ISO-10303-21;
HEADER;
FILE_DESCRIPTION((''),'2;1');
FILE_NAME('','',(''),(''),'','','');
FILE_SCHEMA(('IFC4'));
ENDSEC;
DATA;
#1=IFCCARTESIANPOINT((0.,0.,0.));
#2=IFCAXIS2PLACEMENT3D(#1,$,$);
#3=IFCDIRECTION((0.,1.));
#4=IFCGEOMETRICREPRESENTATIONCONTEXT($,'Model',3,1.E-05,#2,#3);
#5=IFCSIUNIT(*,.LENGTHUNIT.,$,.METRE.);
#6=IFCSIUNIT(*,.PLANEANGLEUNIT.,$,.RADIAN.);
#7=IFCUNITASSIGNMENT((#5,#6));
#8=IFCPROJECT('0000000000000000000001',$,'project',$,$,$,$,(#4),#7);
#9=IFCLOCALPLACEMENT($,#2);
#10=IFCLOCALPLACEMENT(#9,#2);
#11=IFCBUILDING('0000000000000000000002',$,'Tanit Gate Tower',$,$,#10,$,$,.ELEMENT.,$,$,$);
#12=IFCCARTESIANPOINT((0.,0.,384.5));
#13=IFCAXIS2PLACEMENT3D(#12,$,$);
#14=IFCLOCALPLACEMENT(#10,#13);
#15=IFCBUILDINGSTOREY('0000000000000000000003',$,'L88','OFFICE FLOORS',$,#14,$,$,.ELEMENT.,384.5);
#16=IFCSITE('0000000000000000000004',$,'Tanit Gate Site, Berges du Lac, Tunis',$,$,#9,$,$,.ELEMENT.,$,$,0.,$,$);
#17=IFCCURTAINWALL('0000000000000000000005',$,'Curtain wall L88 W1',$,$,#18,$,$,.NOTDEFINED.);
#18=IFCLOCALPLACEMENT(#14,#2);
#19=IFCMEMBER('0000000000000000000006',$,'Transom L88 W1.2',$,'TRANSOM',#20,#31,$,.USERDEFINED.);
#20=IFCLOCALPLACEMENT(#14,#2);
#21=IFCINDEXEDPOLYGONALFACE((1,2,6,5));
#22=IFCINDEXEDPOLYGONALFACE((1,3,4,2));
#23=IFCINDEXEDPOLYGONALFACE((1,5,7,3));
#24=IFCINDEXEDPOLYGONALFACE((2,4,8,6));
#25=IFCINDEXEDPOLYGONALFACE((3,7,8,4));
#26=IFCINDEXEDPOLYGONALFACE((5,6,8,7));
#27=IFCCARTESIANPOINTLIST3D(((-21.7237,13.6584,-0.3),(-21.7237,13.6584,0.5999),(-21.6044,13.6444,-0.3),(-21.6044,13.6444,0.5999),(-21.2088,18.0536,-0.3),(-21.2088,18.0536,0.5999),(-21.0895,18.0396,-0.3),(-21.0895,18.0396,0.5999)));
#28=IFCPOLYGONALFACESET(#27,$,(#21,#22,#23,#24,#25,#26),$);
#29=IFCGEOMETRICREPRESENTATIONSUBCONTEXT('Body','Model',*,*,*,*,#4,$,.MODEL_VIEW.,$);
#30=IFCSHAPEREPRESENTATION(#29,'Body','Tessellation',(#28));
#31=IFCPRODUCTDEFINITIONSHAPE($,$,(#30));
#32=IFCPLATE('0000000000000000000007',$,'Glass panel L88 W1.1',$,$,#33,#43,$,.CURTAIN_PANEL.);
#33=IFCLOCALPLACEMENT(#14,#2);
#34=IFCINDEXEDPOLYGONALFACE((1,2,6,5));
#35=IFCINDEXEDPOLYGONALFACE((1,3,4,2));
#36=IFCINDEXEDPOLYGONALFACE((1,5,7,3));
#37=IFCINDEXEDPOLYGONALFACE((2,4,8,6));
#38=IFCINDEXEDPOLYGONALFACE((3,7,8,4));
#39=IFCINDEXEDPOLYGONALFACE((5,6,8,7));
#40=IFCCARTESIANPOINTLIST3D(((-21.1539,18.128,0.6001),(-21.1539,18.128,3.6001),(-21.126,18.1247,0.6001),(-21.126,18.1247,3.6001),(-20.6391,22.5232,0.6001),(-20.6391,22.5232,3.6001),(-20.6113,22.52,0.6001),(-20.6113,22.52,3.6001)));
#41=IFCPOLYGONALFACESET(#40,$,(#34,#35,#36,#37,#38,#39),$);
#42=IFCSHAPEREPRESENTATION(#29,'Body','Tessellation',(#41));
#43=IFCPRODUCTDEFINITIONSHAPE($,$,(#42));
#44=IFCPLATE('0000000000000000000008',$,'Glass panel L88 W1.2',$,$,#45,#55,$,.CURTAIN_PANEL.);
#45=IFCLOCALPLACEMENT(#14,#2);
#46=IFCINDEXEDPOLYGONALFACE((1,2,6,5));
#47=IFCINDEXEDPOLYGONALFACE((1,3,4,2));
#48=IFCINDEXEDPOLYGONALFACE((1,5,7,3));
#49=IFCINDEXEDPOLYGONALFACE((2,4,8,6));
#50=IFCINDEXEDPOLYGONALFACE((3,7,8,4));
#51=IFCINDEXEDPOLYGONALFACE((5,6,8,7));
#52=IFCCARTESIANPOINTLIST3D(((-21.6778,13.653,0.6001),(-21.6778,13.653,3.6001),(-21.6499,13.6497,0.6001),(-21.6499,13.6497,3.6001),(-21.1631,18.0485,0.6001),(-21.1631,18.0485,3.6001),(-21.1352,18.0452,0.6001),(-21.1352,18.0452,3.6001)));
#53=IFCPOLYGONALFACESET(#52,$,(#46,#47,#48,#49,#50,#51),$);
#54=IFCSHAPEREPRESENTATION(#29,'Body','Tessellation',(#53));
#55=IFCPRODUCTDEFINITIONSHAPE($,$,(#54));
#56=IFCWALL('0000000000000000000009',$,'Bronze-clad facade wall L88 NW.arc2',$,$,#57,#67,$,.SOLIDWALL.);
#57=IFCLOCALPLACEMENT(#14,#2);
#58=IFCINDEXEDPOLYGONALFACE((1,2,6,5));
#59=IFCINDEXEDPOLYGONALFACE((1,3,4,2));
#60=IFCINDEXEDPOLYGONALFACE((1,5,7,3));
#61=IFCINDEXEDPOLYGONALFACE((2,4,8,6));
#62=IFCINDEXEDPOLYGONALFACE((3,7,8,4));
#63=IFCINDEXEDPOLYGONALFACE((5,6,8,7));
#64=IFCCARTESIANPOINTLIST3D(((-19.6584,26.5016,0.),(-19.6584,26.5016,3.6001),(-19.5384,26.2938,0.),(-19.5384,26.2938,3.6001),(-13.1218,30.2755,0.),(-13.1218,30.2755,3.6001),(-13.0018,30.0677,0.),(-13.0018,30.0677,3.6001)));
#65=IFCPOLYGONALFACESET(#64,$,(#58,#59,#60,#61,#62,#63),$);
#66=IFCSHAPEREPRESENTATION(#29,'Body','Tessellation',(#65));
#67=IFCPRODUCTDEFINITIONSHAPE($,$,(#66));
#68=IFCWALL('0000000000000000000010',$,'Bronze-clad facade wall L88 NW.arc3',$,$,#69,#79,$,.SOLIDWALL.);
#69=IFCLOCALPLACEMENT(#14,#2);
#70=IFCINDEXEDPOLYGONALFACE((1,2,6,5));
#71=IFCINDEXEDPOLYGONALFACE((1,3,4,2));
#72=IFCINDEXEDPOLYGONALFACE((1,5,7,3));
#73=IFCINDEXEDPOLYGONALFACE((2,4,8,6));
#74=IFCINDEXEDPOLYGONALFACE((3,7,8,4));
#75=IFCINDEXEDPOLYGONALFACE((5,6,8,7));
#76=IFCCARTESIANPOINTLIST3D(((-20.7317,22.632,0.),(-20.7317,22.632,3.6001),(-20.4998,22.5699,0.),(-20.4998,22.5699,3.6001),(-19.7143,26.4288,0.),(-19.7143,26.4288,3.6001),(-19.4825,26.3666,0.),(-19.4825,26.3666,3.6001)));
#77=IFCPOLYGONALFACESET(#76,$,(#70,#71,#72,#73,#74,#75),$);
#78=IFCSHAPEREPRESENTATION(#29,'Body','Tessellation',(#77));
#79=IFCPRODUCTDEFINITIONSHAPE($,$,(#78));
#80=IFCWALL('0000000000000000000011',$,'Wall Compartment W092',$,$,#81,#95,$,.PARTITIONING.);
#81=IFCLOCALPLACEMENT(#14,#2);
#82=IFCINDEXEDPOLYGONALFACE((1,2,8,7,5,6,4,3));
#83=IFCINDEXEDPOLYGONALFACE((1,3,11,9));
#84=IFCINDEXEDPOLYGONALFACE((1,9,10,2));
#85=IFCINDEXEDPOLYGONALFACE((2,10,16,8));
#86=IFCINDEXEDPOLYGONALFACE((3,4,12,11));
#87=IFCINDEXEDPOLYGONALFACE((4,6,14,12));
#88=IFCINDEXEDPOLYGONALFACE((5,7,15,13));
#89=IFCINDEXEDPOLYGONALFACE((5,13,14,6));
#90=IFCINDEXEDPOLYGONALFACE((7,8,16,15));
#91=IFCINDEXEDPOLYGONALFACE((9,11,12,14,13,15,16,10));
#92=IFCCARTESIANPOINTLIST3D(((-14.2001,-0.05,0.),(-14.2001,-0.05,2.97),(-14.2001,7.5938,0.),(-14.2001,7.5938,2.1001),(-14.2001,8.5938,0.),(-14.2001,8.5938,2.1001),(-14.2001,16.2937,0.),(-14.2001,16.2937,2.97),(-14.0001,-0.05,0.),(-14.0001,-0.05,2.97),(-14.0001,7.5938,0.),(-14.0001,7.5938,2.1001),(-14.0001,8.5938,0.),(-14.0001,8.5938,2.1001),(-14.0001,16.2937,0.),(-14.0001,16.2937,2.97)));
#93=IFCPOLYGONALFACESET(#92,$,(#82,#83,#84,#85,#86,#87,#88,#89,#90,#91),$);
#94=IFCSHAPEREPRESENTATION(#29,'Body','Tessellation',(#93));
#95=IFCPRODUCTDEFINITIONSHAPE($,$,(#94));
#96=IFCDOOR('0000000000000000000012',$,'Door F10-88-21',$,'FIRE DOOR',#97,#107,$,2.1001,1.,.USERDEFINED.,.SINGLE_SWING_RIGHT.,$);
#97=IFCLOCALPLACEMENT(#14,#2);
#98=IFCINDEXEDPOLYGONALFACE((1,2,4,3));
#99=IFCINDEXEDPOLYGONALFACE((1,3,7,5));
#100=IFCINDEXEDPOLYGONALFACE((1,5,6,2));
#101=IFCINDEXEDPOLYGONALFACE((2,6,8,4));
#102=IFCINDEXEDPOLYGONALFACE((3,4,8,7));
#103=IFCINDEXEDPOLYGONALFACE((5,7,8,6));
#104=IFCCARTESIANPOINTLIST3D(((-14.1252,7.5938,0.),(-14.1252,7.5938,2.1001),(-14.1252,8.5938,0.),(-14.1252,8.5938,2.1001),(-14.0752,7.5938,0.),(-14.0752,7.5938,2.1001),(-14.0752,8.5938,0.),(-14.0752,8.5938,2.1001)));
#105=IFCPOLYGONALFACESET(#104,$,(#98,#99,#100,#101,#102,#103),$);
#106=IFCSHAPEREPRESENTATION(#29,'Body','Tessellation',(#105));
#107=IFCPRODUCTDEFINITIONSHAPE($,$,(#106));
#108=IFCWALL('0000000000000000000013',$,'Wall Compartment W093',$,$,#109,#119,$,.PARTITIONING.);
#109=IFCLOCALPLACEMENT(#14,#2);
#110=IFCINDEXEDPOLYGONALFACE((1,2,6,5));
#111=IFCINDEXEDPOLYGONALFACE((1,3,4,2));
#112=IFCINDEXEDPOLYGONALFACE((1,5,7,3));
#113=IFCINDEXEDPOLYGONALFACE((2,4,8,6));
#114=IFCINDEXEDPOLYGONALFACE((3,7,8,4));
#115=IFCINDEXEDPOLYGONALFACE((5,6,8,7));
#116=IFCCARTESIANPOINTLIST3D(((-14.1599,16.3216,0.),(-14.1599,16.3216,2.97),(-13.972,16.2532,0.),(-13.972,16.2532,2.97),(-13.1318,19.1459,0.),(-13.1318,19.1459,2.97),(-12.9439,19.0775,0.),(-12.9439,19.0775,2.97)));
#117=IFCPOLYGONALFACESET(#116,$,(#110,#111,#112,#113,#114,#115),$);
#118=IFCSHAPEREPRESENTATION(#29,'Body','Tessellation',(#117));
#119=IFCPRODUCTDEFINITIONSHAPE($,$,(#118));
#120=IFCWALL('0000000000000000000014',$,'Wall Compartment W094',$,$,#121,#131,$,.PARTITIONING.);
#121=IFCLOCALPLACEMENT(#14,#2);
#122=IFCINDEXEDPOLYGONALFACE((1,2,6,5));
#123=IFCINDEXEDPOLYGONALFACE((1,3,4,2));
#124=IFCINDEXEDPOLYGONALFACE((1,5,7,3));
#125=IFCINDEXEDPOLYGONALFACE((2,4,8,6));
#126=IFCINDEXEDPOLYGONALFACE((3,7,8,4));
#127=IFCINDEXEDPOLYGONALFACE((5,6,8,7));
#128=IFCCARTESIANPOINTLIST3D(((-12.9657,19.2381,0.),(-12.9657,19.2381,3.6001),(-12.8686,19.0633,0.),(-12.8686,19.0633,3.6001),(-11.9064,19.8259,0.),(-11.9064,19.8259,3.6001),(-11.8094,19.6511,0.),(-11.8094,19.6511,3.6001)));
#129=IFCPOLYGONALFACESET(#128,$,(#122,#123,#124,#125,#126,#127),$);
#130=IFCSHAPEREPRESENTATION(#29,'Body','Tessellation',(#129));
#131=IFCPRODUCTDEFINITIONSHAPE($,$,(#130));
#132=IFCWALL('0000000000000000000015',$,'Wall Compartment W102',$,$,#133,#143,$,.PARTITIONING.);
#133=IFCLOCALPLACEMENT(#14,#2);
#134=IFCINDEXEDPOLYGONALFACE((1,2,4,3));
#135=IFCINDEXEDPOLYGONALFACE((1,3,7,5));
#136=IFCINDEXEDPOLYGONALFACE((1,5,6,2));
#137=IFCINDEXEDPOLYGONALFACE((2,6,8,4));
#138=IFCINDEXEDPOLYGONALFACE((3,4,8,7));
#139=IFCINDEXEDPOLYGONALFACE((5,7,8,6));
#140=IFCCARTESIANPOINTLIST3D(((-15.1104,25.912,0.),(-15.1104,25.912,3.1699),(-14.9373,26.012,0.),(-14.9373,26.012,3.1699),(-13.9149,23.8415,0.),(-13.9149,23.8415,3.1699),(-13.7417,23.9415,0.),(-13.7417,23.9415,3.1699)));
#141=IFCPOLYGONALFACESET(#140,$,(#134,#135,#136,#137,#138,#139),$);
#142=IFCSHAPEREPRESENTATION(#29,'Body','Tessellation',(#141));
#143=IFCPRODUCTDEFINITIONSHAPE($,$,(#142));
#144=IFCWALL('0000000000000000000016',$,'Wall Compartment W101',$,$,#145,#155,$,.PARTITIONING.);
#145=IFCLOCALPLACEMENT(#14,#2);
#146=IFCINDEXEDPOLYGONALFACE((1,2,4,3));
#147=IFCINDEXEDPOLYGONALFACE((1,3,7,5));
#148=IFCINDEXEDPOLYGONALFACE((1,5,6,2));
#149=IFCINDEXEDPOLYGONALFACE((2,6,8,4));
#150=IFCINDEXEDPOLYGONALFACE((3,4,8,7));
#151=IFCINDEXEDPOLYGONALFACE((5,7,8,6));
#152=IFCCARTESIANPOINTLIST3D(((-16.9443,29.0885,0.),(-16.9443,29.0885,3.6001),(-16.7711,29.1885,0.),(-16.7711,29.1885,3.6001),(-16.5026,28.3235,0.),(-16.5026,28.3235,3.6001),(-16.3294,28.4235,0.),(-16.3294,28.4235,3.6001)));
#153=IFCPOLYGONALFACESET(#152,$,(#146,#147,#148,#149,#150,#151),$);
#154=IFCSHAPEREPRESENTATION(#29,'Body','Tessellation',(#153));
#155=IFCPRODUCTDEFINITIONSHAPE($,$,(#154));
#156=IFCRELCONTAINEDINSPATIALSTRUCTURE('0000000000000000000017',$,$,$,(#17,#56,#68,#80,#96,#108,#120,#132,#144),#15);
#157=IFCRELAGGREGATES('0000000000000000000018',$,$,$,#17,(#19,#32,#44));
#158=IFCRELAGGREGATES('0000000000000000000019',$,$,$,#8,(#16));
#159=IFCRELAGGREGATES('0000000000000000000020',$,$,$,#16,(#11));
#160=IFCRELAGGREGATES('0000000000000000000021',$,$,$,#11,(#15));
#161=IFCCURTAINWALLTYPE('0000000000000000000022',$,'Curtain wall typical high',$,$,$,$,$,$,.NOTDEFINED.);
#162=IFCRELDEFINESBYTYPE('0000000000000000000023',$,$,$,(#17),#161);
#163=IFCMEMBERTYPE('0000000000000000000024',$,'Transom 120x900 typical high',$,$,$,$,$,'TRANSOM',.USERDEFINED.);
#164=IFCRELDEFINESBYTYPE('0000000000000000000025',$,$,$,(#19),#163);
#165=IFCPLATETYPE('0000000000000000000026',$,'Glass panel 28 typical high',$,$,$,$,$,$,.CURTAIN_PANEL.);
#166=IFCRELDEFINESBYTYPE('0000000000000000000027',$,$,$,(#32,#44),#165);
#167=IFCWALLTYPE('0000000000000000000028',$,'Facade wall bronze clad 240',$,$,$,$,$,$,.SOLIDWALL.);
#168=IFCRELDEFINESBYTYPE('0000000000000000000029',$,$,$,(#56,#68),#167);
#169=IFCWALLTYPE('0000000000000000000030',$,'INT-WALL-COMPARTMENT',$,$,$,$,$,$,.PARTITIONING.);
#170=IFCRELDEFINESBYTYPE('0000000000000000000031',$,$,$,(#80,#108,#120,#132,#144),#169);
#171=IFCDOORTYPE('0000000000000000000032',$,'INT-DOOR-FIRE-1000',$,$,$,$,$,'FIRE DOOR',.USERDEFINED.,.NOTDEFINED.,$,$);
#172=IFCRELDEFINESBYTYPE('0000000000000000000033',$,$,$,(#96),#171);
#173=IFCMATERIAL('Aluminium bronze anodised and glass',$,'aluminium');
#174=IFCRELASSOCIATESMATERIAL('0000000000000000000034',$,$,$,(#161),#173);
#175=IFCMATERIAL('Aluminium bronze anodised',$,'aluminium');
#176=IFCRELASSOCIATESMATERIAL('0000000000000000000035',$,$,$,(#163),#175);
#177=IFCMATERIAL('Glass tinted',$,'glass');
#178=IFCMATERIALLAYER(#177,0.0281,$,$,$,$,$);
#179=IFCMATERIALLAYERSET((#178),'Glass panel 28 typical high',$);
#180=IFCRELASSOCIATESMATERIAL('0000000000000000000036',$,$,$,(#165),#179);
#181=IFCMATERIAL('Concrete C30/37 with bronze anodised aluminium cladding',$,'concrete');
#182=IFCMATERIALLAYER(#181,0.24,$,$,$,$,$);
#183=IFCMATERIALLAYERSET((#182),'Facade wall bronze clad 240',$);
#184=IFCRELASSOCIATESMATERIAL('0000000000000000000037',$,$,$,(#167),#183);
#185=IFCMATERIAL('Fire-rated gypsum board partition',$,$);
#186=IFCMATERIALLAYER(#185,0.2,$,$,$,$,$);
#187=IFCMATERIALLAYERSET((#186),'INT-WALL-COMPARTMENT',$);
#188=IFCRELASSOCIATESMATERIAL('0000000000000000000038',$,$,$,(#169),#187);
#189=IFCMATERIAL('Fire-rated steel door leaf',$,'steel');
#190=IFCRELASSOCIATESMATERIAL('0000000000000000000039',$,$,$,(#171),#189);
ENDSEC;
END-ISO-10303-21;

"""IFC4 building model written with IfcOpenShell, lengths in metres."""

from ifc_helpers import new_model, si_unit, direction, frame, frame_2d, origin, origin_2d, place, context, subcontext, project, spatial, rectangle, extrude, material, layer, layer_set, material_profile, profile_set, type_object, element, fill, aggregate, save


model = new_model("IFC4")

# Units and contexts
model_context = context("Model", 3, precision=1e-05, world=origin(), true_north=direction((0.0, 1.0)))
body_context = subcontext(model_context, "Body", "Model", "MODEL_VIEW")
ifc_project = project(units=[si_unit("LENGTHUNIT", "METRE"), si_unit("PLANEANGLEUNIT", "RADIAN")], contexts=[model_context])

# Site, building, storey
site_placement = place(None, origin())
site = spatial("IfcSite", under=ifc_project, at=site_placement, Name="Tanit Gate Site, Berges du Lac, Tunis", CompositionType="ELEMENT", RefElevation=0.0)
building_placement = place(site_placement, origin())
building = spatial("IfcBuilding", under=site, at=building_placement, Name="Tanit Gate Tower", CompositionType="ELEMENT")
storey_placement = place(building_placement, frame((0.0, 0.0, 384.5)))
storey = spatial("IfcBuildingStorey", under=building, at=storey_placement, Name="L88", Description="OFFICE FLOORS", CompositionType="ELEMENT", Elevation=384.5)

# Curtain wall
ifc_material_1 = material(Name="Aluminium bronze anodised and glass", Category="aluminium")
curtain_wall_type = type_object("IfcCurtainWallType", Name="Curtain wall typical high", PredefinedType="NOTDEFINED", material=ifc_material_1)
curtain_wall_placement = place(storey_placement, origin())
curtain_wall = element("IfcCurtainWall", 1, at=curtain_wall_placement, inside=storey, type_object=curtain_wall_type, Name="Curtain wall L88 W1", PredefinedType="NOTDEFINED")

# Member
ifc_material_2 = material(Name="Aluminium bronze anodised", Category="aluminium")
ifc_material_profile_1 = material_profile(ifc_material_2, rectangle(XDim=0.1201, YDim=0.8999, at=origin_2d()), Name="120x900 bronze transom")
ifc_profile_set_1 = profile_set([ifc_material_profile_1], Name="Aluminium bronze anodised")
member_type_1 = type_object("IfcMemberType", Name="Transom 120x900 typical high", ElementType="TRANSOM", PredefinedType="USERDEFINED", material=ifc_profile_set_1)
member_1_placement = place(storey_placement, frame((-21.1492, 18.0466, 0.1499), z_axis=(-0.116351, -0.993208, 0.0), x_axis=(0.993208, -0.116351, 0.0)))
member_1 = element("IfcMember", 2, at=member_1_placement, type_object=member_type_1, Name="Transom L88 W1.2", ObjectType="TRANSOM", PredefinedType="USERDEFINED", context=body_context, shape_type="SweptSolid", body=[
    extrude(rectangle(XDim=0.1201, YDim=0.8999, at=origin_2d()), origin(), (0.0, 0.0, 1.0), 4.4253),
])

# Plates
ifc_material_3 = material(Name="Glass tinted", Category="glass")
ifc_layer_1 = layer(ifc_material_3, 0.0281)
ifc_layer_set_1 = layer_set([ifc_layer_1], Name="Glass panel 28 typical high")
plate_type = type_object("IfcPlateType", Name="Glass panel 28 typical high", PredefinedType="CURTAIN_PANEL", material=ifc_layer_set_1)
plate_1_placement = place(storey_placement, frame((-20.8826, 20.324, 0.6001), z_axis=(0.0, 0.0, 1.0), x_axis=(-0.116318, -0.993212, 0.0)))
plate_1 = element("IfcPlate", 3, at=plate_1_placement, type_object=plate_type, Name="Glass panel L88 W1.1", PredefinedType="CURTAIN_PANEL", context=body_context, shape_type="SweptSolid", body=[
    extrude(rectangle(XDim=4.4253, YDim=0.0281, at=origin_2d()), origin(), (0.0, 0.0, 1.0), 3.0),
])
plate_2_placement = place(storey_placement, frame((-21.4065, 15.8491, 0.6001), z_axis=(0.0, 0.0, 1.0), x_axis=(-0.116318, -0.993212, 0.0)))
plate_2 = element("IfcPlate", 4, at=plate_2_placement, type_object=plate_type, Name="Glass panel L88 W1.2", PredefinedType="CURTAIN_PANEL", context=body_context, shape_type="SweptSolid", body=[
    extrude(rectangle(XDim=4.4255, YDim=0.0281, at=origin_2d()), origin(), (0.0, 0.0, 1.0), 3.0),
])
aggregate(curtain_wall, [member_1, plate_1, plate_2])

# Walls
ifc_material_4 = material(Name="Concrete C30/37 with bronze anodised aluminium cladding", Category="concrete")
ifc_layer_2 = layer(ifc_material_4, 0.24)
ifc_layer_set_2 = layer_set([ifc_layer_2], Name="Facade wall bronze clad 240")
wall_type_1 = type_object("IfcWallType", Name="Facade wall bronze clad 240", PredefinedType="SOLIDWALL", material=ifc_layer_set_2)
wall_1_placement = place(storey_placement, frame((-13.0618, 30.1716, 0.0), z_axis=(0.0, 0.0, 1.0), x_axis=(-0.866025, -0.500001, 0.0)))
element("IfcWall", 5, at=wall_1_placement, inside=storey, type_object=wall_type_1, Name="Bronze-clad facade wall L88 NW.arc2", PredefinedType="SOLIDWALL", context=body_context, shape_type="SweptSolid", body=[
    extrude(rectangle(XDim=7.5479, YDim=0.24, at=frame_2d((3.7739, 0.0))), origin(), (0.0, 0.0, 1.0), 3.6001),
])
wall_2_placement = place(storey_placement, frame((-19.5984, 26.3977, 0.0), z_axis=(0.0, 0.0, 1.0), x_axis=(-0.258826, -0.965924, 0.0)))
element("IfcWall", 6, at=wall_2_placement, inside=storey, type_object=wall_type_1, Name="Bronze-clad facade wall L88 NW.arc3", PredefinedType="SOLIDWALL", context=body_context, shape_type="SweptSolid", body=[
    extrude(rectangle(XDim=3.9307, YDim=0.24, at=frame_2d((1.9653, 0.0))), origin(), (0.0, 0.0, 1.0), 3.6001),
])

# Wall, opening, door
ifc_material_5 = material(Name="Fire-rated gypsum board partition")
ifc_layer_3 = layer(ifc_material_5, 0.2)
ifc_layer_set_3 = layer_set([ifc_layer_3], Name="INT-WALL-COMPARTMENT")
wall_type_2 = type_object("IfcWallType", Name="INT-WALL-COMPARTMENT", PredefinedType="PARTITIONING", material=ifc_layer_set_3)
wall_3_placement = place(storey_placement, frame((-14.1001, 16.2937, 0.0), z_axis=(0.0, 0.0, 1.0), x_axis=(0.0, -1.0, 0.0)))
wall_3 = element("IfcWall", 7, at=wall_3_placement, inside=storey, type_object=wall_type_2, Name="Wall Compartment W092", PredefinedType="PARTITIONING", context=body_context, shape_type="SweptSolid", body=[
    extrude(rectangle(XDim=16.3438, YDim=0.2, at=frame_2d((8.1719, 0.0))), origin(), (0.0, 0.0, 1.0), 2.97),
])
opening_placement = place(wall_3_placement, frame((7.7, 0.0, 0.0)))
opening = element("IfcOpeningElement", 8, at=opening_placement, cuts=wall_3, PredefinedType="OPENING", context=body_context, shape_type="SweptSolid", body=[
    extrude(rectangle(XDim=1.0, YDim=2.1001, at=frame_2d((0.5, 1.05))), frame((0.0, 0.1099, 0.0), z_axis=(0.0, -1.0, 0.0), x_axis=(1.0, 0.0, 0.0)), (0.0, 0.0, 1.0), 0.22),
])
ifc_material_6 = material(Name="Fire-rated steel door leaf", Category="steel")
door_type = type_object("IfcDoorType", Name="INT-DOOR-FIRE-1000", ElementType="FIRE DOOR", OperationType="NOTDEFINED", PredefinedType="USERDEFINED", material=ifc_material_6)
door_placement = place(opening_placement, origin())
door = element("IfcDoor", 9, at=door_placement, inside=storey, type_object=door_type, Name="Door F10-88-21", ObjectType="FIRE DOOR", OperationType="SINGLE_SWING_RIGHT", OverallHeight=2.1001, OverallWidth=1.0, PredefinedType="USERDEFINED", context=body_context, shape_type="SweptSolid", body=[
    extrude(rectangle(XDim=1.0, YDim=2.1001, at=frame_2d((0.5, 1.05))), frame((0.0, 0.0249, 0.0), z_axis=(0.0, -1.0, 0.0), x_axis=(1.0, 0.0, 0.0)), (0.0, 0.0, 1.0), 0.05),
])
fill(opening, door)

# Walls
wall_4_placement = place(storey_placement, frame((-13.0378, 19.1118, 0.0), z_axis=(0.0, 0.0, 1.0), x_axis=(-0.342063, -0.939677, 0.0)))
element("IfcWall", 10, at=wall_4_placement, inside=storey, type_object=wall_type_2, Name="Wall Compartment W093", PredefinedType="PARTITIONING", context=body_context, shape_type="SweptSolid", body=[
    extrude(rectangle(XDim=3.0056, YDim=0.2, at=frame_2d((1.5029, 0.0))), origin(), (0.0, 0.0, 1.0), 2.97),
])
wall_5_placement = place(storey_placement, frame((-11.8579, 19.7385, 0.0), z_axis=(0.0, 0.0, 1.0), x_axis=(-0.874376, -0.485249, 0.0)))
element("IfcWall", 11, at=wall_5_placement, inside=storey, type_object=wall_type_2, Name="Wall Compartment W094", PredefinedType="PARTITIONING", context=body_context, shape_type="SweptSolid", body=[
    extrude(rectangle(XDim=1.2114, YDim=0.2, at=frame_2d((0.6057, 0.0))), origin(), (0.0, 0.0, 1.0), 3.6001),
])
wall_6_placement = place(storey_placement, frame((-13.8284, 23.8916, 0.0), z_axis=(0.0, 0.0, 1.0), x_axis=(-0.500038, 0.866004, 0.0)))
element("IfcWall", 12, at=wall_6_placement, inside=storey, type_object=wall_type_2, Name="Wall Compartment W102", PredefinedType="PARTITIONING", context=body_context, shape_type="SweptSolid", body=[
    extrude(rectangle(XDim=2.3909, YDim=0.2, at=frame_2d((1.1953, 0.0))), origin(), (0.0, 0.0, 1.0), 3.1699),
])
wall_7_placement = place(storey_placement, frame((-16.416, 28.3735, 0.0), z_axis=(0.0, 0.0, 1.0), x_axis=(-0.500034, 0.866006, 0.0)))
element("IfcWall", 13, at=wall_7_placement, inside=storey, type_object=wall_type_2, Name="Wall Compartment W101", PredefinedType="PARTITIONING", context=body_context, shape_type="SweptSolid", body=[
    extrude(rectangle(XDim=0.8833, YDim=0.2, at=frame_2d((0.4417, 0.0))), origin(), (0.0, 0.0, 1.0), 3.6001),
])

save(model, "model.ifc")
